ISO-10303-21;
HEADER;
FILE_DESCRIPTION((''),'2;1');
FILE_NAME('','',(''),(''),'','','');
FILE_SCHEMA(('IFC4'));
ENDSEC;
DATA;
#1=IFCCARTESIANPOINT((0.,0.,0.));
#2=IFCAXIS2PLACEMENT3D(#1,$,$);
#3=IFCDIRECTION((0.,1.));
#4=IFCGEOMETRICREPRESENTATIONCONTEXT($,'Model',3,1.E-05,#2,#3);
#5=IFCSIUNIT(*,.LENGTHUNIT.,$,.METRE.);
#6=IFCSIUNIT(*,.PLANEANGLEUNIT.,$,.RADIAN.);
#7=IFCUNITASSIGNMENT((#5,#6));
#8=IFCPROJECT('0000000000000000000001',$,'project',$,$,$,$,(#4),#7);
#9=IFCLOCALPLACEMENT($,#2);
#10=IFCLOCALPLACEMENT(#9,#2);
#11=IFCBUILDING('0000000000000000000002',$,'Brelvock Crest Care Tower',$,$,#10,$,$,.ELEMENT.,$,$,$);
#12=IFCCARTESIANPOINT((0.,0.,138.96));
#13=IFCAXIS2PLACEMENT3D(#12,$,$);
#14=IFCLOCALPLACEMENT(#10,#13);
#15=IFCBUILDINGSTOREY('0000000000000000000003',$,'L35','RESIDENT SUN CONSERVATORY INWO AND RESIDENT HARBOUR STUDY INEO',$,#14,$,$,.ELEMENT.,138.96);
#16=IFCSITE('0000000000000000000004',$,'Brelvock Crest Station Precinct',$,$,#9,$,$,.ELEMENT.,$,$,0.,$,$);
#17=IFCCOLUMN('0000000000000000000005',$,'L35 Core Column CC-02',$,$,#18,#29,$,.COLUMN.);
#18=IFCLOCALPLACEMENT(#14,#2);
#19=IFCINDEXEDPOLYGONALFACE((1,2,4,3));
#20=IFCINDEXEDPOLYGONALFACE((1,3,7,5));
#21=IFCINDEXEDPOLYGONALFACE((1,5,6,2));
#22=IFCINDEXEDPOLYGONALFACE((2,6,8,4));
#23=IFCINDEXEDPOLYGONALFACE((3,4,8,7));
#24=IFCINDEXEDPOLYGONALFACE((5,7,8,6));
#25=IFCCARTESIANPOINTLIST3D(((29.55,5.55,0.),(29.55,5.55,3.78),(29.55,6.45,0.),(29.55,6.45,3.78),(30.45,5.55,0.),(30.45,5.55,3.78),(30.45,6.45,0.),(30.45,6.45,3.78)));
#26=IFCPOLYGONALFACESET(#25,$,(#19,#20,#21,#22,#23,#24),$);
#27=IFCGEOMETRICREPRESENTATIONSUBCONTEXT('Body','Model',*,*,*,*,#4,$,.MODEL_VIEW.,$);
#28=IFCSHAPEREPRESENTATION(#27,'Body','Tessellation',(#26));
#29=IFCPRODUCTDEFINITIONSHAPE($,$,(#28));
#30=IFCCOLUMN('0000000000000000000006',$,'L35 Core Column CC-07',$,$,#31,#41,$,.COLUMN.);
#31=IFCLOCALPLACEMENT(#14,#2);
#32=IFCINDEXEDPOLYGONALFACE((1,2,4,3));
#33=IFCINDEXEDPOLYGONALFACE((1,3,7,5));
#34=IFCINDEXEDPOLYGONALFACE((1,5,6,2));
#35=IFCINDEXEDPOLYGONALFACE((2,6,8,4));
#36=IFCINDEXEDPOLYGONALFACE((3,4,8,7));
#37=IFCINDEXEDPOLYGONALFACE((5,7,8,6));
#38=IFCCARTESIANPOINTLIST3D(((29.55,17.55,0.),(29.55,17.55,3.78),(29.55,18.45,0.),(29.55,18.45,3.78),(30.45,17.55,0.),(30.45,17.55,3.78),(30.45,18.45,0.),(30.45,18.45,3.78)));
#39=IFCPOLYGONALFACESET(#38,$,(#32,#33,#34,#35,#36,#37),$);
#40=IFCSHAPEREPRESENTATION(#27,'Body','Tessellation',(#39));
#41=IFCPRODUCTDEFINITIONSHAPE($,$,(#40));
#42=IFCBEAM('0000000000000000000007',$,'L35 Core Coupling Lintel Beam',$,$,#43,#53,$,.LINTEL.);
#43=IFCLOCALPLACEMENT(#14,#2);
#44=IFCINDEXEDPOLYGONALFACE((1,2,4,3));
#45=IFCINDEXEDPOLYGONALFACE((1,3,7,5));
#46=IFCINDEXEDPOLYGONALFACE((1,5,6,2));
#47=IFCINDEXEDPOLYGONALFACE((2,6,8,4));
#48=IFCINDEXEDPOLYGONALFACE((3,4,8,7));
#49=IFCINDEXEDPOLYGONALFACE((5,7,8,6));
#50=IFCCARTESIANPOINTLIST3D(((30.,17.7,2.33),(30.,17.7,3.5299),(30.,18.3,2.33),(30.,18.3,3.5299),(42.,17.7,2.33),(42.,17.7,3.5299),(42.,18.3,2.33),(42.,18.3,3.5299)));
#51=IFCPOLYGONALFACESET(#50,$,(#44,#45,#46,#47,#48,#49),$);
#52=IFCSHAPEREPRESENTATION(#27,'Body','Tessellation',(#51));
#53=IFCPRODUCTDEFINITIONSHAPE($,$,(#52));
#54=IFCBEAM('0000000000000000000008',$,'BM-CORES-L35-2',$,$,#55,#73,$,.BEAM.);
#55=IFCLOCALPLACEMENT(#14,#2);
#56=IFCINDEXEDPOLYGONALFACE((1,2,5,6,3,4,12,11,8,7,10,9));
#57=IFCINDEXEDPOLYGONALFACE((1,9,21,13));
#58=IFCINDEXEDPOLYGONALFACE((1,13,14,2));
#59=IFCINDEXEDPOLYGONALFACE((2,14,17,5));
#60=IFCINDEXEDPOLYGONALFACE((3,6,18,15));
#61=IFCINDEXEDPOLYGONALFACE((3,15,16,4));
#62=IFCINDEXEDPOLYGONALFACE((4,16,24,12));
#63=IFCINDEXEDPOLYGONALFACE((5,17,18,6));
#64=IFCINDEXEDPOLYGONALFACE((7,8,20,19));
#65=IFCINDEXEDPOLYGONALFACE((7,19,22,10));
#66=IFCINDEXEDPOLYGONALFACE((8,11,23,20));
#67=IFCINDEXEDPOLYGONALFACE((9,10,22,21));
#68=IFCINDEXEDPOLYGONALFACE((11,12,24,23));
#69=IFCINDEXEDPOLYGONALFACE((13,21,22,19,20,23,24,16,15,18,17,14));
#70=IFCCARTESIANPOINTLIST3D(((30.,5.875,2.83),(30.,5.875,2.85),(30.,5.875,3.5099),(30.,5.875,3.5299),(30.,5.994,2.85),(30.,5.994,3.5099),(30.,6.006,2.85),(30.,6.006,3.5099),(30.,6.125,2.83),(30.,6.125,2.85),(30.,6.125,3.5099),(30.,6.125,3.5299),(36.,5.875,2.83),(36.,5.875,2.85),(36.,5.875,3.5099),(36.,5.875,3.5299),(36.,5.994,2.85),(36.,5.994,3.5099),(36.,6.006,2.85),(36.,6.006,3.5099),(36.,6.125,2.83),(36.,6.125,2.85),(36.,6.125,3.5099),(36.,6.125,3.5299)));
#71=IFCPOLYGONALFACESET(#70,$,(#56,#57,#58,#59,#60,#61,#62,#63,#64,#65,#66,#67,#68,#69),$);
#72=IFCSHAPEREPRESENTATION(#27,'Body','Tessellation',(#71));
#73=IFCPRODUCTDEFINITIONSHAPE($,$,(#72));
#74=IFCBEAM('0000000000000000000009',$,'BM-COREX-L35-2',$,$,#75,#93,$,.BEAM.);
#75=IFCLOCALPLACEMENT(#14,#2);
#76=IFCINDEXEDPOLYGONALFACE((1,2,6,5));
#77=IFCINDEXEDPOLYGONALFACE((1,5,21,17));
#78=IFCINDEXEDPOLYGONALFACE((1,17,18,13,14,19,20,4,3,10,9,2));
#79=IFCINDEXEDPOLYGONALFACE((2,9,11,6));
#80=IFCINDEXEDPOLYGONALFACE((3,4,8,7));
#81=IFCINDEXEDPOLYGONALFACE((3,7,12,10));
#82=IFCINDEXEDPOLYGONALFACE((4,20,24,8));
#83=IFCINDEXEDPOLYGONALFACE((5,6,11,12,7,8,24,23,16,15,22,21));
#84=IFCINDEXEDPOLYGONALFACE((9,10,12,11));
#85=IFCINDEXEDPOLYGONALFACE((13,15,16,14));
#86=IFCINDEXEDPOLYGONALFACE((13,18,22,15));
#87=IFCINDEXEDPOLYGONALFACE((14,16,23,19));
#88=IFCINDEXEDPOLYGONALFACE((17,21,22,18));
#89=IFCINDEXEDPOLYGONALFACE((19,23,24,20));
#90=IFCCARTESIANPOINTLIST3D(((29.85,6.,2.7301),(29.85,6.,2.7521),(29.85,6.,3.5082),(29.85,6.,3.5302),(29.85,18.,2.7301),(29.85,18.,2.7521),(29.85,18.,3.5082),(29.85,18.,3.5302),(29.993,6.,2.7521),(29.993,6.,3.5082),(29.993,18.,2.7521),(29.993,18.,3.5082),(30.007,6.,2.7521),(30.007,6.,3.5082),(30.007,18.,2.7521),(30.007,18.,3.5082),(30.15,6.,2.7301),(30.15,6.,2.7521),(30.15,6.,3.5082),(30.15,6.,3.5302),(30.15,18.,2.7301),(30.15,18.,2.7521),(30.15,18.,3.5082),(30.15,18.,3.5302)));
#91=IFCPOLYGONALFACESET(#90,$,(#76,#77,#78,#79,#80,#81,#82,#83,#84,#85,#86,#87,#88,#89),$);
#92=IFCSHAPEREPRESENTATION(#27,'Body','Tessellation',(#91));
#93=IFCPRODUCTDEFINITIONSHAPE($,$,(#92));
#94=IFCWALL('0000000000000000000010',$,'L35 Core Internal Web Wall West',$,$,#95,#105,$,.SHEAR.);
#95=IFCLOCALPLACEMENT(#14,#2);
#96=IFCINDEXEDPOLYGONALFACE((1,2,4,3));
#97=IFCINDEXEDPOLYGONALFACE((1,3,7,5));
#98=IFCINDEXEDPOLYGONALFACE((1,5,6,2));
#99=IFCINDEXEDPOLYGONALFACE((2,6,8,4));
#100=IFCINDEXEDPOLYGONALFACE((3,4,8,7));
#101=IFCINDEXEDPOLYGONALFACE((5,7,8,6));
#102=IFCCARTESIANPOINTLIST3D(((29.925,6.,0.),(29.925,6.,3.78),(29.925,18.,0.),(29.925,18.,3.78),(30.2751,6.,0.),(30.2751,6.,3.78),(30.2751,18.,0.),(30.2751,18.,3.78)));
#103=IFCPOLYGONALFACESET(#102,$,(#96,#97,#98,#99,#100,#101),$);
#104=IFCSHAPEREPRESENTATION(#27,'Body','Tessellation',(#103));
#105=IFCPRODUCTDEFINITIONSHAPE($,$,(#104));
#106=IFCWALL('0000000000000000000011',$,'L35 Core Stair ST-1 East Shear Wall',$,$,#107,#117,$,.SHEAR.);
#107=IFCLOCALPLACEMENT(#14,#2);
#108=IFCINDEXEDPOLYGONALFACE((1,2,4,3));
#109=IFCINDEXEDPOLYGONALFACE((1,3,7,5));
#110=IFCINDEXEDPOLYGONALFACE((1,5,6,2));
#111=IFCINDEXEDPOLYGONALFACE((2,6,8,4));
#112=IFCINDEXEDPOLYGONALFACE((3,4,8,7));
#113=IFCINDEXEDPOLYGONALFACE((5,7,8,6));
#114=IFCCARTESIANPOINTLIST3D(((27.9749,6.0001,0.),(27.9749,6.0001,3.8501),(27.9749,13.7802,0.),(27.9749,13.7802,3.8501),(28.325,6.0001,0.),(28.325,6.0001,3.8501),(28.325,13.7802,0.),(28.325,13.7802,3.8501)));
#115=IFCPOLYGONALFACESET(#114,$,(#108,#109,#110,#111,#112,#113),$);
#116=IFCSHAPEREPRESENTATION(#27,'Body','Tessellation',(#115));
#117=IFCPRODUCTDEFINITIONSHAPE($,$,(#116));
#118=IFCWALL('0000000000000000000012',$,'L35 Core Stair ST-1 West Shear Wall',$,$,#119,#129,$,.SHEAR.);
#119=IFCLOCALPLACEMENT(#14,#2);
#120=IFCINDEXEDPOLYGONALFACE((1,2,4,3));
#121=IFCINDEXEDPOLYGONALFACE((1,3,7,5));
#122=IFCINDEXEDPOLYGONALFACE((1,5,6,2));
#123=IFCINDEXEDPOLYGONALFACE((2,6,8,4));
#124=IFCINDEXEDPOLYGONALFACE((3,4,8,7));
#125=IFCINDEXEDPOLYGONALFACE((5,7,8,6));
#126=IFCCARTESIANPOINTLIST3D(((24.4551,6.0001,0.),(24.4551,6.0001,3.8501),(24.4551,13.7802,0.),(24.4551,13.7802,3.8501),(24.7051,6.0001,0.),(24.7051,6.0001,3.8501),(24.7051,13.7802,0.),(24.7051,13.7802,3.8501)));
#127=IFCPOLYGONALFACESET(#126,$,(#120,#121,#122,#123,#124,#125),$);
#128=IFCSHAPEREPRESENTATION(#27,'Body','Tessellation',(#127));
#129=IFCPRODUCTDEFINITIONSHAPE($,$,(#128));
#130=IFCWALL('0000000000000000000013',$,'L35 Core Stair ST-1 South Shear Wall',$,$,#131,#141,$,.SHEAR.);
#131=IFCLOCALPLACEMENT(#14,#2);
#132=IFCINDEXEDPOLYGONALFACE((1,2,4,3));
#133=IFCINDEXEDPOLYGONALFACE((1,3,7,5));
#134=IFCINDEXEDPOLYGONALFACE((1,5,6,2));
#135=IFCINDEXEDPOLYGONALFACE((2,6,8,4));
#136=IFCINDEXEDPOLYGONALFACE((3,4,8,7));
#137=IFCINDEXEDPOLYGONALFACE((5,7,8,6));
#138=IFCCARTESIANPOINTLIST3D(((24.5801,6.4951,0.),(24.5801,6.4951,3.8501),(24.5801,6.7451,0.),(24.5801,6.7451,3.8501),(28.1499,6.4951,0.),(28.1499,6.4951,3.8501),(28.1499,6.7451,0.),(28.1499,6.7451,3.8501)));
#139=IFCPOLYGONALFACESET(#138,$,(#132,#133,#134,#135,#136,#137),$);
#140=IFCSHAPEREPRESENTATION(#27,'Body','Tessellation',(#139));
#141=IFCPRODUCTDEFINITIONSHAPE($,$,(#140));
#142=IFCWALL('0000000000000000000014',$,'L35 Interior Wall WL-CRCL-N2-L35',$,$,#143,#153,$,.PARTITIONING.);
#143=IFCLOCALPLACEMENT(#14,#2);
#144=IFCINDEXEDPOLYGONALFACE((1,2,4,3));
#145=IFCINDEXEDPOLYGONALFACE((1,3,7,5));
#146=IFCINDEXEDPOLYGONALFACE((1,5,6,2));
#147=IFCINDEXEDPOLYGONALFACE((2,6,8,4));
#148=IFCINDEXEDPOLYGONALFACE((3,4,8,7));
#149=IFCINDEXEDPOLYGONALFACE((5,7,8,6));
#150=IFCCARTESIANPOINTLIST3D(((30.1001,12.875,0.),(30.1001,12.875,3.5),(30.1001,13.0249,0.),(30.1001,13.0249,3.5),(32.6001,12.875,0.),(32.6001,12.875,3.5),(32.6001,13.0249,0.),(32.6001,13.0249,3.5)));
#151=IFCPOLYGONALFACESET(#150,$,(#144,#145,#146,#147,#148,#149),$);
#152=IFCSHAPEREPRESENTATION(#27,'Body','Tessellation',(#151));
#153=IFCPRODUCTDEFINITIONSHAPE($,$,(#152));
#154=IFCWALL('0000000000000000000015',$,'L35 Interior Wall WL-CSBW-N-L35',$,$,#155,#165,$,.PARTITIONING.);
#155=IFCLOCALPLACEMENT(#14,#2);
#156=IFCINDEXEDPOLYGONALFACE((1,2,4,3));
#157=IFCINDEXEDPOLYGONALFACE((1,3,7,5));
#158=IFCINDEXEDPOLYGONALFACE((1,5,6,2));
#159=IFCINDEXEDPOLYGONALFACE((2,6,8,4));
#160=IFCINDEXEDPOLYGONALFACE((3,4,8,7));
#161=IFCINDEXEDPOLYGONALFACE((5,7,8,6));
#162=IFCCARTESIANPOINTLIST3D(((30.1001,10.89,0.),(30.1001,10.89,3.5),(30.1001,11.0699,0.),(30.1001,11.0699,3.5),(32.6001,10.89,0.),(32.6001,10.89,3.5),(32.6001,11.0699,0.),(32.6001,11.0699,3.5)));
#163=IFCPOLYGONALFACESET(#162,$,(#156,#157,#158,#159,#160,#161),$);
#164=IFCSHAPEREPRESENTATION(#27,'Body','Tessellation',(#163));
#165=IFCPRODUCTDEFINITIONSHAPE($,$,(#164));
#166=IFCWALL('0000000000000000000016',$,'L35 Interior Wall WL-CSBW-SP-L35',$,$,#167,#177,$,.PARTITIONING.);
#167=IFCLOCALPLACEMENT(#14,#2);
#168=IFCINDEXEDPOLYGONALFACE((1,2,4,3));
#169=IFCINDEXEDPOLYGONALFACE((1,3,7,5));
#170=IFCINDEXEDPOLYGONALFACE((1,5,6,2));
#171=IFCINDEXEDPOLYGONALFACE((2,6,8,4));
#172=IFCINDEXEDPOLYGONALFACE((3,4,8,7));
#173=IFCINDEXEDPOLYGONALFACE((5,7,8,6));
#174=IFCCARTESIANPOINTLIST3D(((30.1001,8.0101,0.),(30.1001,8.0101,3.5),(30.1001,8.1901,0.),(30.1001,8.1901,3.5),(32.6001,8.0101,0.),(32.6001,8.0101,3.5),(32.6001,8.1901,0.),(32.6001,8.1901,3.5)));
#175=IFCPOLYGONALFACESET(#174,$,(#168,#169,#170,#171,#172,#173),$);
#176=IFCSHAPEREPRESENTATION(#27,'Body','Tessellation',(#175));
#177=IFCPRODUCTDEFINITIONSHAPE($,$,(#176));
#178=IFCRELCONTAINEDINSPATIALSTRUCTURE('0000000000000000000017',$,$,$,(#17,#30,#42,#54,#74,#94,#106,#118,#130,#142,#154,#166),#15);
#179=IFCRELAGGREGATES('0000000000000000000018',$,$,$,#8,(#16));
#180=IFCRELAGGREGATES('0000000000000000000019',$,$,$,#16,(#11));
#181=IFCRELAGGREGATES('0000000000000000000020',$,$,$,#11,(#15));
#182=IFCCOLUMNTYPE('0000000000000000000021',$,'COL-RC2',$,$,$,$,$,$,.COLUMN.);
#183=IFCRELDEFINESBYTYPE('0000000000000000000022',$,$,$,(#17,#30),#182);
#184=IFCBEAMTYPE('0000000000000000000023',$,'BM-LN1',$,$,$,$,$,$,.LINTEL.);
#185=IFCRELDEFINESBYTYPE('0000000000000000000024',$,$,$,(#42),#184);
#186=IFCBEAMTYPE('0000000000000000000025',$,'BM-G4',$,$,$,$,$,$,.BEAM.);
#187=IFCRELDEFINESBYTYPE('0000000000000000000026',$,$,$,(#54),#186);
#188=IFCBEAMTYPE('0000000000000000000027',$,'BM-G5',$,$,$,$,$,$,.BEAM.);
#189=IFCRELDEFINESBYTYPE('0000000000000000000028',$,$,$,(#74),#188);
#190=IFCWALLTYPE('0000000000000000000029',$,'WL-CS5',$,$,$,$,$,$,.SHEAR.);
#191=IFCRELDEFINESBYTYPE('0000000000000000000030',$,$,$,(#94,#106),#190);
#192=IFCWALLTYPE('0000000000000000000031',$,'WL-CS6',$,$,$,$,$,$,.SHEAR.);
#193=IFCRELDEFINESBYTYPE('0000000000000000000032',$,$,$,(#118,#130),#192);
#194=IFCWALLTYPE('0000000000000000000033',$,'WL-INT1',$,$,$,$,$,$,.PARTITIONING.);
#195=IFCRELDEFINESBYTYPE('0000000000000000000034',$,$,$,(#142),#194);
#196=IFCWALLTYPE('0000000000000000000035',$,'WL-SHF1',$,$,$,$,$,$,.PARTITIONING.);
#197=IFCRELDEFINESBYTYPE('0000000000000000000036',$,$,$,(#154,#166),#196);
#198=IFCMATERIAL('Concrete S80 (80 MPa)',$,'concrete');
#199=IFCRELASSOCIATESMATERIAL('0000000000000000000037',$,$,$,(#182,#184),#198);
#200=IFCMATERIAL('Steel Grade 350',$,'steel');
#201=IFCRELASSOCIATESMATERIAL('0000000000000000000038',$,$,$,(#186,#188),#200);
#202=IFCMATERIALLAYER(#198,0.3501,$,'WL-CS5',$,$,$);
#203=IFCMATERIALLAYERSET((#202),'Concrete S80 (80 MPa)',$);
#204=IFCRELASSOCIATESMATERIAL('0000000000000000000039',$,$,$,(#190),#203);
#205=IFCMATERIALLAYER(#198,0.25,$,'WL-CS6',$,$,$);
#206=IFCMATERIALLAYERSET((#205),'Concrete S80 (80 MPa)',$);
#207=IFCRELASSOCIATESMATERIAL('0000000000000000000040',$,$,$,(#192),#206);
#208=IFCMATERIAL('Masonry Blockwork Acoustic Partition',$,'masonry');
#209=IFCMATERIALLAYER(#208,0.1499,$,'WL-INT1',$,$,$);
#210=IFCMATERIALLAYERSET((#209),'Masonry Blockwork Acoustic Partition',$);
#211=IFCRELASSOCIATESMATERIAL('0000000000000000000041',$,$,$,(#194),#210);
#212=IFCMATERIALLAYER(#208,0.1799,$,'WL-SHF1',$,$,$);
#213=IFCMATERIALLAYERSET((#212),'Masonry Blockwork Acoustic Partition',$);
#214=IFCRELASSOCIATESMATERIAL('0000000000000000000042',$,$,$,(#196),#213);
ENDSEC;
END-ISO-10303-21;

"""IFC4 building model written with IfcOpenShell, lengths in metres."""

from ifc_helpers import new_model, si_unit, direction, frame, frame_2d, origin, origin_2d, place, context, subcontext, project, spatial, rectangle, i_section, extrude, source, transform, mapped, material, layer, layer_set, material_profile, profile_set, type_object, element, save


model = new_model("IFC4")

# Units and contexts
model_context = context("Model", 3, precision=1e-05, world=origin(), true_north=direction((0.0, 1.0)))
body_context = subcontext(model_context, "Body", "Model", "MODEL_VIEW")
ifc_project = project(units=[si_unit("LENGTHUNIT", "METRE"), si_unit("PLANEANGLEUNIT", "RADIAN")], contexts=[model_context])

# Site, building, storey
site_placement = place(None, origin())
site = spatial("IfcSite", under=ifc_project, at=site_placement, Name="Brelvock Crest Station Precinct", CompositionType="ELEMENT", RefElevation=0.0)
building_placement = place(site_placement, origin())
building = spatial("IfcBuilding", under=site, at=building_placement, Name="Brelvock Crest Care Tower", CompositionType="ELEMENT")
storey_placement = place(building_placement, frame((0.0, 0.0, 138.96)))
storey = spatial("IfcBuildingStorey", under=building, at=storey_placement, Name="L35", Description="RESIDENT SUN CONSERVATORY INWO AND RESIDENT HARBOUR STUDY INEO", CompositionType="ELEMENT", Elevation=138.96)

# Columns
ifc_material_1 = material(Name="Concrete S80 (80 MPa)", Category="concrete")
ifc_material_profile_1 = material_profile(ifc_material_1, rectangle(XDim=0.8999, YDim=0.8999, at=origin_2d()), Name="RC900x900")
ifc_profile_set_1 = profile_set([ifc_material_profile_1], Name="Concrete S80 (80 MPa)")
column_type = type_object("IfcColumnType", Name="COL-RC2", PredefinedType="COLUMN", material=ifc_profile_set_1)
shared_shape_1 = source(origin(), body_context, "Body", "SweptSolid", [
    extrude(rectangle(XDim=0.8999, YDim=0.8999, at=origin_2d()), origin(), (0.0, 0.0, 1.0), 3.78),
])
for number, where, z_axis, x_axis, name in (
    (1, (30.0, 6.0, 0.0), (0.0, 0.0, 1.0), (1.0, 0.0, 0.0), "L35 Core Column CC-02"),
    (2, (30.0, 18.0, 0.0), (0.0, 0.0, 1.0), (1.0, 0.0, 0.0), "L35 Core Column CC-07"),
):
    element("IfcColumn", number, at=place(storey_placement, frame(where, z_axis=z_axis, x_axis=x_axis)), inside=storey, type_object=column_type, Name=name, PredefinedType="COLUMN", context=body_context, shape_type="MappedRepresentation", body=[
        mapped(shared_shape_1, transform((0.0, 0.0, 0.0), x_axis=(1.0, 0.0, 0.0), y_axis=(0.0, 1.0, 0.0), z_axis=(0.0, 0.0, 1.0), scale=1.0)),
    ])

# Beams
ifc_material_profile_2 = material_profile(ifc_material_1, rectangle(XDim=0.6001, YDim=1.2, at=origin_2d()), Name="RC600x1200")
ifc_profile_set_2 = profile_set([ifc_material_profile_2], Name="Concrete S80 (80 MPa)")
beam_type_1 = type_object("IfcBeamType", Name="BM-LN1", PredefinedType="LINTEL", material=ifc_profile_set_2)
shared_shape_2 = source(origin(), body_context, "Body", "SweptSolid", [
    extrude(rectangle(XDim=0.6001, YDim=1.2, at=origin_2d()), origin(), (0.0, 0.0, 1.0), 12.0),
])
beam_1_placement = place(storey_placement, frame((30.0, 18.0, 2.9299), z_axis=(1.0, 0.0, 0.0), x_axis=(0.0, 1.0, 0.0)))
element("IfcBeam", 3, at=beam_1_placement, inside=storey, type_object=beam_type_1, Name="L35 Core Coupling Lintel Beam", PredefinedType="LINTEL", context=body_context, shape_type="MappedRepresentation", body=[
    mapped(shared_shape_2, transform((0.0, 0.0, 0.0), x_axis=(1.0, 0.0, 0.0), y_axis=(0.0, 1.0, 0.0), z_axis=(0.0, 0.0, 1.0), scale=1.0)),
])
ifc_material_2 = material(Name="Steel Grade 350", Category="steel")
ifc_material_profile_3 = material_profile(ifc_material_2, i_section(OverallWidth=0.25, OverallDepth=0.7, WebThickness=0.012, FlangeThickness=0.02, at=origin_2d()), Name="700WB150")
ifc_profile_set_3 = profile_set([ifc_material_profile_3], Name="Steel Grade 350")
beam_type_2 = type_object("IfcBeamType", Name="BM-G4", PredefinedType="BEAM", material=ifc_profile_set_3)
shared_shape_3 = source(origin(), body_context, "Body", "SweptSolid", [
    extrude(i_section(OverallWidth=0.25, OverallDepth=0.7, WebThickness=0.012, FlangeThickness=0.02, at=origin_2d()), origin(), (0.0, 0.0, 1.0), 6.0),
])
beam_2_placement = place(storey_placement, frame((30.0, 6.0, 3.1799), z_axis=(1.0, 0.0, 0.0), x_axis=(0.0, 1.0, 0.0)))
element("IfcBeam", 4, at=beam_2_placement, inside=storey, type_object=beam_type_2, Name="BM-CORES-L35-2", PredefinedType="BEAM", context=body_context, shape_type="MappedRepresentation", body=[
    mapped(shared_shape_3, transform((0.0, 0.0, 0.0), x_axis=(1.0, 0.0, 0.0), y_axis=(0.0, 1.0, 0.0), z_axis=(0.0, 0.0, 1.0), scale=1.0)),
])
ifc_material_profile_4 = material_profile(ifc_material_2, i_section(OverallWidth=0.3, OverallDepth=0.8, WebThickness=0.0139, FlangeThickness=0.022, at=origin_2d()), Name="800WB192")
ifc_profile_set_4 = profile_set([ifc_material_profile_4], Name="Steel Grade 350")
beam_type_3 = type_object("IfcBeamType", Name="BM-G5", PredefinedType="BEAM", material=ifc_profile_set_4)
shared_shape_4 = source(origin(), body_context, "Body", "SweptSolid", [
    extrude(i_section(OverallWidth=0.3, OverallDepth=0.8, WebThickness=0.0139, FlangeThickness=0.022, at=origin_2d()), origin(), (0.0, 0.0, 1.0), 12.0),
])
beam_3_placement = place(storey_placement, frame((30.0, 6.0, 3.1301), z_axis=(0.0, 1.0, 0.0), x_axis=(-1.0, 0.0, 0.0)))
element("IfcBeam", 5, at=beam_3_placement, inside=storey, type_object=beam_type_3, Name="BM-COREX-L35-2", PredefinedType="BEAM", context=body_context, shape_type="MappedRepresentation", body=[
    mapped(shared_shape_4, transform((0.0, 0.0, 0.0), x_axis=(1.0, 0.0, 0.0), y_axis=(0.0, 1.0, 0.0), z_axis=(0.0, 0.0, 1.0), scale=1.0)),
])

# Walls
ifc_layer_1 = layer(ifc_material_1, 0.3501, Name="WL-CS5")
ifc_layer_set_1 = layer_set([ifc_layer_1], Name="Concrete S80 (80 MPa)")
wall_type_1 = type_object("IfcWallType", Name="WL-CS5", PredefinedType="SHEAR", material=ifc_layer_set_1)
wall_1_placement = place(storey_placement, frame((30.1001, 6.0, 0.0), z_axis=(0.0, 0.0, 1.0), x_axis=(0.0, 1.0, 0.0)))
element("IfcWall", 6, at=wall_1_placement, inside=storey, type_object=wall_type_1, Name="L35 Core Internal Web Wall West", PredefinedType="SHEAR", context=body_context, shape_type="SweptSolid", body=[
    extrude(rectangle(XDim=12.0, YDim=0.3501, at=frame_2d((6.0, 0.0))), origin(), (0.0, 0.0, 1.0), 3.78),
])
wall_2_placement = place(storey_placement, frame((28.1499, 6.0, 0.0), z_axis=(0.0, 0.0, 1.0), x_axis=(0.0, 1.0, 0.0)))
element("IfcWall", 7, at=wall_2_placement, inside=storey, type_object=wall_type_1, Name="L35 Core Stair ST-1 East Shear Wall", PredefinedType="SHEAR", context=body_context, shape_type="SweptSolid", body=[
    extrude(rectangle(XDim=7.78, YDim=0.3501, at=frame_2d((3.8901, 0.0))), origin(), (0.0, 0.0, 1.0), 3.8501),
])
ifc_layer_2 = layer(ifc_material_1, 0.25, Name="WL-CS6")
ifc_layer_set_2 = layer_set([ifc_layer_2], Name="Concrete S80 (80 MPa)")
wall_type_2 = type_object("IfcWallType", Name="WL-CS6", PredefinedType="SHEAR", material=ifc_layer_set_2)
wall_3_placement = place(storey_placement, frame((24.5801, 6.0, 0.0), z_axis=(0.0, 0.0, 1.0), x_axis=(0.0, 1.0, 0.0)))
element("IfcWall", 8, at=wall_3_placement, inside=storey, type_object=wall_type_2, Name="L35 Core Stair ST-1 West Shear Wall", PredefinedType="SHEAR", context=body_context, shape_type="SweptSolid", body=[
    extrude(rectangle(XDim=7.78, YDim=0.25, at=frame_2d((3.8901, 0.0))), origin(), (0.0, 0.0, 1.0), 3.8501),
])
wall_4_placement = place(storey_placement, frame((24.5801, 6.6201, 0.0), z_axis=(0.0, 0.0, 1.0), x_axis=(1.0, 0.0, 0.0)))
element("IfcWall", 9, at=wall_4_placement, inside=storey, type_object=wall_type_2, Name="L35 Core Stair ST-1 South Shear Wall", PredefinedType="SHEAR", context=body_context, shape_type="SweptSolid", body=[
    extrude(rectangle(XDim=3.5698, YDim=0.25, at=frame_2d((1.7849, 0.0))), origin(), (0.0, 0.0, 1.0), 3.8501),
])
ifc_material_3 = material(Name="Masonry Blockwork Acoustic Partition", Category="masonry")
ifc_layer_3 = layer(ifc_material_3, 0.1499, Name="WL-INT1")
ifc_layer_set_3 = layer_set([ifc_layer_3], Name="Masonry Blockwork Acoustic Partition")
wall_type_3 = type_object("IfcWallType", Name="WL-INT1", PredefinedType="PARTITIONING", material=ifc_layer_set_3)
wall_5_placement = place(storey_placement, frame((30.1001, 12.95, 0.0), z_axis=(0.0, 0.0, 1.0), x_axis=(1.0, 0.0, 0.0)))
element("IfcWall", 10, at=wall_5_placement, inside=storey, type_object=wall_type_3, Name="L35 Interior Wall WL-CRCL-N2-L35", PredefinedType="PARTITIONING", context=body_context, shape_type="SweptSolid", body=[
    extrude(rectangle(XDim=2.5, YDim=0.1499, at=frame_2d((1.25, 0.0))), origin(), (0.0, 0.0, 1.0), 3.5),
])
ifc_layer_4 = layer(ifc_material_3, 0.1799, Name="WL-SHF1")
ifc_layer_set_4 = layer_set([ifc_layer_4], Name="Masonry Blockwork Acoustic Partition")
wall_type_4 = type_object("IfcWallType", Name="WL-SHF1", PredefinedType="PARTITIONING", material=ifc_layer_set_4)
for number, where, z_axis, x_axis, name in (
    (11, (30.1001, 10.98, 0.0), (0.0, 0.0, 1.0), (1.0, 0.0, 0.0), "L35 Interior Wall WL-CSBW-N-L35"),
    (12, (30.1001, 8.1001, 0.0), (0.0, 0.0, 1.0), (1.0, 0.0, 0.0), "L35 Interior Wall WL-CSBW-SP-L35"),
):
    element("IfcWall", number, at=place(storey_placement, frame(where, z_axis=z_axis, x_axis=x_axis)), inside=storey, type_object=wall_type_4, Name=name, PredefinedType="PARTITIONING", context=body_context, shape_type="SweptSolid", body=[
        extrude(rectangle(XDim=2.5, YDim=0.1799, at=frame_2d((1.25, 0.0))), origin(), (0.0, 0.0, 1.0), 3.5),
    ])

save(model, "model.ifc")
